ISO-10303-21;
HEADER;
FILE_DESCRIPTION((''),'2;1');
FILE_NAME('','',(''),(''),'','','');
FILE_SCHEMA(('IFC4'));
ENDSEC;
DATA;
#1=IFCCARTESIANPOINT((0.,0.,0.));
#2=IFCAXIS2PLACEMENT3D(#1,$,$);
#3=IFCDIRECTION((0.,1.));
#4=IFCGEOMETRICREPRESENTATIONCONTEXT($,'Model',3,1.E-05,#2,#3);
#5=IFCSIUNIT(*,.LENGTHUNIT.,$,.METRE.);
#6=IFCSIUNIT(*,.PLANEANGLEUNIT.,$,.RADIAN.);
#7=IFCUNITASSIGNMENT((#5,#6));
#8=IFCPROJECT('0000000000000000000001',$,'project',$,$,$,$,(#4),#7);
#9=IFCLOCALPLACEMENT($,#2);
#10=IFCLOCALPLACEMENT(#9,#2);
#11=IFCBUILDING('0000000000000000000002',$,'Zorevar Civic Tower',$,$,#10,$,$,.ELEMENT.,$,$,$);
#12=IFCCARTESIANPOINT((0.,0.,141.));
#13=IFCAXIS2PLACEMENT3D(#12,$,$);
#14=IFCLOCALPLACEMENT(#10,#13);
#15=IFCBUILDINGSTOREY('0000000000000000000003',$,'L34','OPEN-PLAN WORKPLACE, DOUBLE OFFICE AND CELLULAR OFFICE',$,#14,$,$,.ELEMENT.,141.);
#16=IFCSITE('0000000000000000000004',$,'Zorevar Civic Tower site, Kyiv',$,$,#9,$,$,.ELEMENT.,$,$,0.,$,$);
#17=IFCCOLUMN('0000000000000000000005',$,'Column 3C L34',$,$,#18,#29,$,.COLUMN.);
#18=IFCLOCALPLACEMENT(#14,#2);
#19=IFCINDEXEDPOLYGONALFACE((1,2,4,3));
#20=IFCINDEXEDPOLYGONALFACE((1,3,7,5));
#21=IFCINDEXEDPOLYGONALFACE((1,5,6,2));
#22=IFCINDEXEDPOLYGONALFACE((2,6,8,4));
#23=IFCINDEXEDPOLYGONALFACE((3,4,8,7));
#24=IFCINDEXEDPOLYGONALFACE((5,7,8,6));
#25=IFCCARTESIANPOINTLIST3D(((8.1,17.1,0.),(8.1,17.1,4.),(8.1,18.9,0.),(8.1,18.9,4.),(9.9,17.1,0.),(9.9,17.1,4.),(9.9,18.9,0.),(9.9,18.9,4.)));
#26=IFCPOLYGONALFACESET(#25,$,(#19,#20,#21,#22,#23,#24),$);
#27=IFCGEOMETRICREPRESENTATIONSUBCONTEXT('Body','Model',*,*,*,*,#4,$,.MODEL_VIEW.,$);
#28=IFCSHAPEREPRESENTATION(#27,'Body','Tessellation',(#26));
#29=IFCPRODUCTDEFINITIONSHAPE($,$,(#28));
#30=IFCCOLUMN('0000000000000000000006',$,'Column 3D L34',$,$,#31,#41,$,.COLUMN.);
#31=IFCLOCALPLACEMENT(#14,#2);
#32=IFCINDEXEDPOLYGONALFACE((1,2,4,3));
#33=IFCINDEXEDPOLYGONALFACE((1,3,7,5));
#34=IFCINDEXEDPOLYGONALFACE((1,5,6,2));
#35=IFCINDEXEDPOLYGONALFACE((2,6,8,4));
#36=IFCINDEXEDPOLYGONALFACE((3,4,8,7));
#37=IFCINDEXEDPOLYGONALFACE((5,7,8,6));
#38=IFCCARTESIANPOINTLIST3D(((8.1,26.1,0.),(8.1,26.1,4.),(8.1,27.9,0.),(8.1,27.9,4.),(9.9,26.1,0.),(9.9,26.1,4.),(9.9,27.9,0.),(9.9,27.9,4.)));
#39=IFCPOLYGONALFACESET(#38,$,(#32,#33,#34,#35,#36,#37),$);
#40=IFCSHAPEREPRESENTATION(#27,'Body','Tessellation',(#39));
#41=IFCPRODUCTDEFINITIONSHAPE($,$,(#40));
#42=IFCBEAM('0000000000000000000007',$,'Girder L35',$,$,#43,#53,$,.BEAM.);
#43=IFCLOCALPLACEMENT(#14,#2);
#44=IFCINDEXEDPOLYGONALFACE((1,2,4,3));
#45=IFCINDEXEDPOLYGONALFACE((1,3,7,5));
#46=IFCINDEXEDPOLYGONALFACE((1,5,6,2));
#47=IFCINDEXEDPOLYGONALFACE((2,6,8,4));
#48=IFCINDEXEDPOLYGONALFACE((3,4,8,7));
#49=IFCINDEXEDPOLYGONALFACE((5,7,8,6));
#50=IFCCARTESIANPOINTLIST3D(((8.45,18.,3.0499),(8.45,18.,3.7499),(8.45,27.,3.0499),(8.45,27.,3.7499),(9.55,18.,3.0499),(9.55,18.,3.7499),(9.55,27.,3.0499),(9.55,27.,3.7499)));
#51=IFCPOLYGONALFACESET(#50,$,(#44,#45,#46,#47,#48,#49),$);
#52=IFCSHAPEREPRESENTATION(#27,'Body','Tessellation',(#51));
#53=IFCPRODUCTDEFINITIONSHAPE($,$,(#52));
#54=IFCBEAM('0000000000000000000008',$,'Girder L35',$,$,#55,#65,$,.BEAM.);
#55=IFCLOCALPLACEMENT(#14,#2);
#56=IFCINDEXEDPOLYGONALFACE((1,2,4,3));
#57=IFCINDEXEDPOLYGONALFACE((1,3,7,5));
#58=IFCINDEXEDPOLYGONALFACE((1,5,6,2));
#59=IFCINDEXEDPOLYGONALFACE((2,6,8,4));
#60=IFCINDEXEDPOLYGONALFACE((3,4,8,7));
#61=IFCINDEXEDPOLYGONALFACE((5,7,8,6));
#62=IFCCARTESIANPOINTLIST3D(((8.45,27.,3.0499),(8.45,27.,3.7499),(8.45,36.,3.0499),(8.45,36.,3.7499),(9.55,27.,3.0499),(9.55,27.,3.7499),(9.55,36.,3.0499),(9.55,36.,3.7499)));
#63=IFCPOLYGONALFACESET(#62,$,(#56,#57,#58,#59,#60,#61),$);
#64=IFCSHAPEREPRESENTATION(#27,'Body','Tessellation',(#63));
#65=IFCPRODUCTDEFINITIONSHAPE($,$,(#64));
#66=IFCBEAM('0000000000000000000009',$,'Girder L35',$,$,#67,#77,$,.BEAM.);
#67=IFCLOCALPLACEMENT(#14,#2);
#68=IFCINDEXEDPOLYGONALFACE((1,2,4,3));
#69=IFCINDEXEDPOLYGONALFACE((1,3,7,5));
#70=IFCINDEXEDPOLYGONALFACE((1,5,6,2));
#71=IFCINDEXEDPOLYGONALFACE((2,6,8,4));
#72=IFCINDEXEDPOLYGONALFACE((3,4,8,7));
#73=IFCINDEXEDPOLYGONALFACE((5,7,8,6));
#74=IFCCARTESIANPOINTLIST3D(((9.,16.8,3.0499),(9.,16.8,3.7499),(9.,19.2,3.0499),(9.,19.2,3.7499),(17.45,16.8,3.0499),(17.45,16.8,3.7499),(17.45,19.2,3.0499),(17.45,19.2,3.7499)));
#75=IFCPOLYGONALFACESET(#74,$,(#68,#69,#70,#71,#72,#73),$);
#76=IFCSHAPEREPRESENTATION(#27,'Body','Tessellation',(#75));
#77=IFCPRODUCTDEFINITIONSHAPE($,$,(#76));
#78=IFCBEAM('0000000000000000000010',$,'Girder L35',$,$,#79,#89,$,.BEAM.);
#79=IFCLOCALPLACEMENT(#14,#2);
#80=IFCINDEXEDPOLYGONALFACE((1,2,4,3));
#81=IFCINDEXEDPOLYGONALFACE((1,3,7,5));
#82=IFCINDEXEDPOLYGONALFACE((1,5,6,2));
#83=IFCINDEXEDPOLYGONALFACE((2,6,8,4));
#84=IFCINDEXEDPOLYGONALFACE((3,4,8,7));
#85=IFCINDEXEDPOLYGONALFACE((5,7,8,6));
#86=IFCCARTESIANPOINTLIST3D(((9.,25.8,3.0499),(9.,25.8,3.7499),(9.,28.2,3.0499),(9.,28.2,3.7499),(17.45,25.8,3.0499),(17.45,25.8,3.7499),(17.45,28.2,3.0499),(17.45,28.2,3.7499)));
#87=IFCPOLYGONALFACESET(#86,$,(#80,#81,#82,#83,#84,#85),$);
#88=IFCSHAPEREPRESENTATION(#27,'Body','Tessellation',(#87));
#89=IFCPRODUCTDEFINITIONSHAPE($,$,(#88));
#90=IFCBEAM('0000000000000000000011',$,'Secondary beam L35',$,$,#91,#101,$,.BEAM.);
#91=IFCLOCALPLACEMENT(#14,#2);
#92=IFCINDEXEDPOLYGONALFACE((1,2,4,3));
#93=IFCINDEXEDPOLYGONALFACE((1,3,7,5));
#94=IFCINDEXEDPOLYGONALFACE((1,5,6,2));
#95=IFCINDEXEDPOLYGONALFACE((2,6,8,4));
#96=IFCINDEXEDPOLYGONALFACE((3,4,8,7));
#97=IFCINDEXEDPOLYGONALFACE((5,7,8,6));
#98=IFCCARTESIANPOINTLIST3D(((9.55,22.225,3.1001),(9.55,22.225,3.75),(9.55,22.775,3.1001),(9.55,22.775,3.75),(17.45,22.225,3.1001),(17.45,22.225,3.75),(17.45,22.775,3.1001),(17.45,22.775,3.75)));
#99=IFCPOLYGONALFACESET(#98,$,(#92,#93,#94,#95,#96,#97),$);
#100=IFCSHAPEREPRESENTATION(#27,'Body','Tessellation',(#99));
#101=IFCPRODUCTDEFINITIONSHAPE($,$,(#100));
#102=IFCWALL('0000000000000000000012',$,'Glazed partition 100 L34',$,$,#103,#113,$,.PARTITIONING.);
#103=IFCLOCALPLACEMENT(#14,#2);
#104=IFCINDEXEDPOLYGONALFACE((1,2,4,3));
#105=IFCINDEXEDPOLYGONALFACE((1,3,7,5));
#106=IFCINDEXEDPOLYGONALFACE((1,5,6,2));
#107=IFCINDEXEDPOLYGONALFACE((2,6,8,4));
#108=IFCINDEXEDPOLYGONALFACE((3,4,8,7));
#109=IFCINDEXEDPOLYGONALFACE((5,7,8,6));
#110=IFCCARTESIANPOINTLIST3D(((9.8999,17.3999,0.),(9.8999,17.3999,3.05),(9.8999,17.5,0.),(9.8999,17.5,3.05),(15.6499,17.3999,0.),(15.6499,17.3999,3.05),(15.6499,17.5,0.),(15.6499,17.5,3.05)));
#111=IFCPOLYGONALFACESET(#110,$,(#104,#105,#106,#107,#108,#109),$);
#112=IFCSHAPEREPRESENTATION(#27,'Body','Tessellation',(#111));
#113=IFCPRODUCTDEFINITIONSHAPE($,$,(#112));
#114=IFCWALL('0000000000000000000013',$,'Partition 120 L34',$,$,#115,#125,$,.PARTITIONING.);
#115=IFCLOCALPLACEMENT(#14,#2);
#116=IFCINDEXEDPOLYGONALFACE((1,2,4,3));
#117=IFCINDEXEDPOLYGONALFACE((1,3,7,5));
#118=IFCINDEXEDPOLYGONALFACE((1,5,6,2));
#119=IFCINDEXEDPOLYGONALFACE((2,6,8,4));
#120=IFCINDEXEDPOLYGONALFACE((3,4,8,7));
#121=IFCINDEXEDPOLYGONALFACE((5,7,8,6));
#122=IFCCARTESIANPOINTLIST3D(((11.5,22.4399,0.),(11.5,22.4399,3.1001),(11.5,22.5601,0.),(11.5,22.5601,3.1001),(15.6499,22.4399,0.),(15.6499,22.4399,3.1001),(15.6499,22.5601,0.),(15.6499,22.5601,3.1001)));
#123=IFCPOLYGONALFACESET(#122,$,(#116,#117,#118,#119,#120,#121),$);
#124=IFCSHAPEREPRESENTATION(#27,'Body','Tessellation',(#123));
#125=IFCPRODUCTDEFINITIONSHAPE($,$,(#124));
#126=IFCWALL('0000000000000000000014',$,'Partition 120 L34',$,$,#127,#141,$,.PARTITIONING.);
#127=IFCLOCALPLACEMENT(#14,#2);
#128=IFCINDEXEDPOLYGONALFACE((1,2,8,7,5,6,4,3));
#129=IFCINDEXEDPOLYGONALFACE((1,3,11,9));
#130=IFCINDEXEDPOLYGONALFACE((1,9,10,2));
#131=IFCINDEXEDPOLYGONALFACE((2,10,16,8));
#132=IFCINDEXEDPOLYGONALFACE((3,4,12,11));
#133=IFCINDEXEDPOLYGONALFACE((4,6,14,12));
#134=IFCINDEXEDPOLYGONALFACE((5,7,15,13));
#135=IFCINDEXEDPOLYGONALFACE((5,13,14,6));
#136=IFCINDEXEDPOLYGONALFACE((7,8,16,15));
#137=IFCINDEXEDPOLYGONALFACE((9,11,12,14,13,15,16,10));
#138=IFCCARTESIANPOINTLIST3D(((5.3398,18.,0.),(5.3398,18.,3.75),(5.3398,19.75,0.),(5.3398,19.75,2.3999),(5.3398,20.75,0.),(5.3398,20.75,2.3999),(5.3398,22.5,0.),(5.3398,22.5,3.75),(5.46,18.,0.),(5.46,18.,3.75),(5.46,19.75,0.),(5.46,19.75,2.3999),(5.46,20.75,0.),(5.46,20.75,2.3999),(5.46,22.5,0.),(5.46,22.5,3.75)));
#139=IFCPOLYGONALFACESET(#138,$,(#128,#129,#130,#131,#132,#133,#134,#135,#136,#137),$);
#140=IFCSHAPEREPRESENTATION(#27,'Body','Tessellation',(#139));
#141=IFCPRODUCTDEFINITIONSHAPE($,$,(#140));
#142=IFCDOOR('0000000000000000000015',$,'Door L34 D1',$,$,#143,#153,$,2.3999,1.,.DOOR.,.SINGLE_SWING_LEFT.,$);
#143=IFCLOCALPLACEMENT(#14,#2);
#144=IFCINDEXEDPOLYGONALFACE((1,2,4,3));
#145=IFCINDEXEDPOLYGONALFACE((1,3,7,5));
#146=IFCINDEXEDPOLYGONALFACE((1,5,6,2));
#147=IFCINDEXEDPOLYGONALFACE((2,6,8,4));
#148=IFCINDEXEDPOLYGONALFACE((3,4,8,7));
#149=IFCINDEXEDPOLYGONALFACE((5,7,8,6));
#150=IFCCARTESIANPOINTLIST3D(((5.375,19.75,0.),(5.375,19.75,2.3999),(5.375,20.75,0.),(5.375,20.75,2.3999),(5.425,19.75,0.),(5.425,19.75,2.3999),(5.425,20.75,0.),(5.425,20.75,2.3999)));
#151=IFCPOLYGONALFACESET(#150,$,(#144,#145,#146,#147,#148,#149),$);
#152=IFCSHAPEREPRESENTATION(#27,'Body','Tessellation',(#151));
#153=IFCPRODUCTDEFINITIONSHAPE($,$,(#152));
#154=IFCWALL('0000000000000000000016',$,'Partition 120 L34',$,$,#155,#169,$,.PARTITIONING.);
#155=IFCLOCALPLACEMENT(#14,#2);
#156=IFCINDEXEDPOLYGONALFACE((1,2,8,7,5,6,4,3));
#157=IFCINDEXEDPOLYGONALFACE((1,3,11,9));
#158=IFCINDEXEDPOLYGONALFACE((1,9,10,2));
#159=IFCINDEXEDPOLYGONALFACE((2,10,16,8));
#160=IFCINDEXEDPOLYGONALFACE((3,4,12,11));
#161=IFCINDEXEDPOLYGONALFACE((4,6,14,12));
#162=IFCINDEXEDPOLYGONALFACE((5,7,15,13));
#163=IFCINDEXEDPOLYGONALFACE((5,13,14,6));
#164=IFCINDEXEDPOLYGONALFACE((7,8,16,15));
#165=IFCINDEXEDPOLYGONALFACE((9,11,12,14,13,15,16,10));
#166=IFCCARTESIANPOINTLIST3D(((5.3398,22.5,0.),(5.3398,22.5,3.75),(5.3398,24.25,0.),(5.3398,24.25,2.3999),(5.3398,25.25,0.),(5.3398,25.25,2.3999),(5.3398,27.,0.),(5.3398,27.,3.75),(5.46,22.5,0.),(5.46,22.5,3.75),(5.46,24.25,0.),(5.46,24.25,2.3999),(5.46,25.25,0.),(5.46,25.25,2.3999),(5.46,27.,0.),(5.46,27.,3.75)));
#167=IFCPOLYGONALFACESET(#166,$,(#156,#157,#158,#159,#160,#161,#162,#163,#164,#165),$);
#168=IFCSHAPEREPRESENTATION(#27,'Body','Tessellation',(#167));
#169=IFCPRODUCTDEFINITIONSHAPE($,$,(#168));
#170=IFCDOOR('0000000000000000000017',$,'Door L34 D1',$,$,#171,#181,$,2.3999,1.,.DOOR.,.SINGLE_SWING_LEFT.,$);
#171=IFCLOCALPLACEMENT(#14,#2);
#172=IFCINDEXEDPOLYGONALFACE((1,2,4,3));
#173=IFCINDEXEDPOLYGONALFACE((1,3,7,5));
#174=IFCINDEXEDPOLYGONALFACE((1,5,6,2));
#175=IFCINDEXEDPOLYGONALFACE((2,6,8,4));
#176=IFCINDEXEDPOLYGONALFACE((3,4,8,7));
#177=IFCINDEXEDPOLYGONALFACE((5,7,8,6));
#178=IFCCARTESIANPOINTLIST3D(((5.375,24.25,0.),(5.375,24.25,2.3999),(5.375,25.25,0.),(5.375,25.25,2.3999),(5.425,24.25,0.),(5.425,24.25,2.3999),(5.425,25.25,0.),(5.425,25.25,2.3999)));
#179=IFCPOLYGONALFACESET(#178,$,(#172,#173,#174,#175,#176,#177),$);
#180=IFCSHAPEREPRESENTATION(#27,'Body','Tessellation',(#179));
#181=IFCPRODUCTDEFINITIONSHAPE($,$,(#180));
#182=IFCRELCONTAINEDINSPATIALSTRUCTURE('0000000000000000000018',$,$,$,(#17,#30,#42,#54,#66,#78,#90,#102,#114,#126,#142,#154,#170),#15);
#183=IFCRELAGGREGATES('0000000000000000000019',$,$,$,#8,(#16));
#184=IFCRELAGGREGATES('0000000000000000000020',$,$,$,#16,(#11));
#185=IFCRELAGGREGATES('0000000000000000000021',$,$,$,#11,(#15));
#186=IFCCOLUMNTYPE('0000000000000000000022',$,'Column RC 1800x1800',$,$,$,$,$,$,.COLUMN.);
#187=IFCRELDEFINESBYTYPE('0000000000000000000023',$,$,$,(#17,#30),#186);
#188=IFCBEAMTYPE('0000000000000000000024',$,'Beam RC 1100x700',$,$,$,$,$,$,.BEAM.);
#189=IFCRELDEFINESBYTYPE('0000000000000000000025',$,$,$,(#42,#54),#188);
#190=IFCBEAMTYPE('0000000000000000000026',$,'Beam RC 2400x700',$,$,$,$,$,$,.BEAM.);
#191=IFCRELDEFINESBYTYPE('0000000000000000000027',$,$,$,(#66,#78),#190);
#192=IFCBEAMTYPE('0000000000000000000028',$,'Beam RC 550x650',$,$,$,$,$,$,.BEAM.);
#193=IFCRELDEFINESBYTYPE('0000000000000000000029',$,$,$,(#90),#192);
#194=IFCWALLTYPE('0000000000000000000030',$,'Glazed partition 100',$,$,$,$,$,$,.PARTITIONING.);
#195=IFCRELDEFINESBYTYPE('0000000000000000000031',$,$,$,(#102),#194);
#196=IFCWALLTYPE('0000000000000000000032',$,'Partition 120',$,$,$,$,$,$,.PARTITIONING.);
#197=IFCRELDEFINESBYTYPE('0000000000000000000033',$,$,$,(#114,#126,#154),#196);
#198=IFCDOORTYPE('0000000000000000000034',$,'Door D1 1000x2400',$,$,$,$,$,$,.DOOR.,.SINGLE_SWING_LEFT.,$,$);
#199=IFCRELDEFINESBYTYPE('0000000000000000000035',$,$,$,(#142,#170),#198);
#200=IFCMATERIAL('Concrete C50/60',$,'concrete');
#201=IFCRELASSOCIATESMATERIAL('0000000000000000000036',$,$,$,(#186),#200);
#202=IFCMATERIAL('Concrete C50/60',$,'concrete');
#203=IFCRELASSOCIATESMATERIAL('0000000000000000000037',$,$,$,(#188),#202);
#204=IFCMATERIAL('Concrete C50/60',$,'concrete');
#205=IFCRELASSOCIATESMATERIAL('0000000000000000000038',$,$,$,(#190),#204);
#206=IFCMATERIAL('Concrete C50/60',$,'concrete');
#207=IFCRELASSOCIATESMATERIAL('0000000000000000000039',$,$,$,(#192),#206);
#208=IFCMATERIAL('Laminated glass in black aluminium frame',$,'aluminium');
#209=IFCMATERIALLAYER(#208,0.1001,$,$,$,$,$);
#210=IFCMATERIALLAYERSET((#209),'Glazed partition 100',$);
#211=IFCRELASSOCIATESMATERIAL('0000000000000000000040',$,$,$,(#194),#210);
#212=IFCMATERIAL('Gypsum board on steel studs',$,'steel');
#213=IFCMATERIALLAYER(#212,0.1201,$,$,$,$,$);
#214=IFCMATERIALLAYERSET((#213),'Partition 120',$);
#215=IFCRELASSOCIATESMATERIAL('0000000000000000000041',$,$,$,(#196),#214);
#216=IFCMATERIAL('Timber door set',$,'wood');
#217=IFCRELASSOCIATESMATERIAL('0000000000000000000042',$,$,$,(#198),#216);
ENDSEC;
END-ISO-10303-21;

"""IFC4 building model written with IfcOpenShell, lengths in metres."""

from ifc_helpers import new_model, si_unit, direction, frame, frame_2d, origin, origin_2d, place, context, subcontext, project, spatial, rectangle, extrude, material, layer, layer_set, material_profile, profile_set, type_object, element, fill, save


model = new_model("IFC4")

# Units and contexts
model_context = context("Model", 3, precision=1e-05, world=origin(), true_north=direction((0.0, 1.0)))
body_context = subcontext(model_context, "Body", "Model", "MODEL_VIEW")
ifc_project = project(units=[si_unit("LENGTHUNIT", "METRE"), si_unit("PLANEANGLEUNIT", "RADIAN")], contexts=[model_context])

# Site, building, storey
site_placement = place(None, origin())
site = spatial("IfcSite", under=ifc_project, at=site_placement, Name="Zorevar Civic Tower site, Kyiv", CompositionType="ELEMENT", RefElevation=0.0)
building_placement = place(site_placement, origin())
building = spatial("IfcBuilding", under=site, at=building_placement, Name="Zorevar Civic Tower", CompositionType="ELEMENT")
storey_placement = place(building_placement, frame((0.0, 0.0, 141.0)))
storey = spatial("IfcBuildingStorey", under=building, at=storey_placement, Name="L34", Description="OPEN-PLAN WORKPLACE, DOUBLE OFFICE AND CELLULAR OFFICE", CompositionType="ELEMENT", Elevation=141.0)

# Columns
ifc_material_1 = material(Name="Concrete C50/60", Category="concrete")
ifc_material_profile_1 = material_profile(ifc_material_1, rectangle(XDim=1.8, YDim=1.8, at=origin_2d()), Name="RC 1800x1800")
ifc_profile_set_1 = profile_set([ifc_material_profile_1], Name="Concrete C50/60")
column_type = type_object("IfcColumnType", Name="Column RC 1800x1800", PredefinedType="COLUMN", material=ifc_profile_set_1)
for number, where, z_axis, x_axis, name in (
    (1, (9.0, 18.0, 0.0), (0.0, 0.0, 1.0), (1.0, 0.0, 0.0), "Column 3C L34"),
    (2, (9.0, 27.0, 0.0), (0.0, 0.0, 1.0), (1.0, 0.0, 0.0), "Column 3D L34"),
):
    element("IfcColumn", number, at=place(storey_placement, frame(where, z_axis=z_axis, x_axis=x_axis)), inside=storey, type_object=column_type, Name=name, PredefinedType="COLUMN", context=body_context, shape_type="SweptSolid", body=[
        extrude(rectangle(XDim=1.8, YDim=1.8, at=origin_2d()), origin(), (0.0, 0.0, 1.0), 4.0),
    ])

# Beams
ifc_material_2 = material(Name="Concrete C50/60", Category="concrete")
ifc_material_profile_2 = material_profile(ifc_material_2, rectangle(XDim=1.1001, YDim=0.7, at=origin_2d()), Name="RC 1100x700")
ifc_profile_set_2 = profile_set([ifc_material_profile_2], Name="Concrete C50/60")
beam_type_1 = type_object("IfcBeamType", Name="Beam RC 1100x700", PredefinedType="BEAM", material=ifc_profile_set_2)
for number, where, z_axis, x_axis, name in (
    (3, (9.0, 18.0, 3.3999), (0.0, 1.0, 0.0), (-1.0, 0.0, 0.0), "Girder L35"),
    (4, (9.0, 27.0, 3.3999), (0.0, 1.0, 0.0), (-1.0, 0.0, 0.0), "Girder L35"),
):
    element("IfcBeam", number, at=place(storey_placement, frame(where, z_axis=z_axis, x_axis=x_axis)), inside=storey, type_object=beam_type_1, Name=name, PredefinedType="BEAM", context=body_context, shape_type="SweptSolid", body=[
        extrude(rectangle(XDim=1.1001, YDim=0.7, at=origin_2d()), origin(), (0.0, 0.0, 1.0), 9.0),
    ])
ifc_material_3 = material(Name="Concrete C50/60", Category="concrete")
ifc_material_profile_3 = material_profile(ifc_material_3, rectangle(XDim=2.3999, YDim=0.7, at=origin_2d()), Name="RC 2400x700")
ifc_profile_set_3 = profile_set([ifc_material_profile_3], Name="Concrete C50/60")
beam_type_2 = type_object("IfcBeamType", Name="Beam RC 2400x700", PredefinedType="BEAM", material=ifc_profile_set_3)
for number, where, z_axis, x_axis, name in (
    (5, (9.0, 18.0, 3.3999), (1.0, 0.0, 0.0), (0.0, 1.0, 0.0), "Girder L35"),
    (6, (9.0, 27.0, 3.3999), (1.0, 0.0, 0.0), (0.0, 1.0, 0.0), "Girder L35"),
):
    element("IfcBeam", number, at=place(storey_placement, frame(where, z_axis=z_axis, x_axis=x_axis)), inside=storey, type_object=beam_type_2, Name=name, PredefinedType="BEAM", context=body_context, shape_type="SweptSolid", body=[
        extrude(rectangle(XDim=2.3999, YDim=0.7, at=origin_2d()), origin(), (0.0, 0.0, 1.0), 8.45),
    ])
ifc_material_4 = material(Name="Concrete C50/60", Category="concrete")
ifc_material_profile_4 = material_profile(ifc_material_4, rectangle(XDim=0.55, YDim=0.6499, at=origin_2d()), Name="RC 550x650")
ifc_profile_set_4 = profile_set([ifc_material_profile_4], Name="Concrete C50/60")
beam_type_3 = type_object("IfcBeamType", Name="Beam RC 550x650", PredefinedType="BEAM", material=ifc_profile_set_4)
beam_placement = place(storey_placement, frame((9.55, 22.5, 3.425), z_axis=(1.0, 0.0, 0.0), x_axis=(0.0, 1.0, 0.0)))
element("IfcBeam", 7, at=beam_placement, inside=storey, type_object=beam_type_3, Name="Secondary beam L35", PredefinedType="BEAM", context=body_context, shape_type="SweptSolid", body=[
    extrude(rectangle(XDim=0.55, YDim=0.6499, at=origin_2d()), origin(), (0.0, 0.0, 1.0), 7.8999),
])

# Walls
ifc_material_5 = material(Name="Laminated glass in black aluminium frame", Category="aluminium")
ifc_layer_1 = layer(ifc_material_5, 0.1001)
ifc_layer_set_1 = layer_set([ifc_layer_1], Name="Glazed partition 100")
wall_type_1 = type_object("IfcWallType", Name="Glazed partition 100", PredefinedType="PARTITIONING", material=ifc_layer_set_1)
wall_1_placement = place(storey_placement, frame((9.8999, 17.45, 0.0), z_axis=(0.0, 0.0, 1.0), x_axis=(1.0, 0.0, 0.0)))
element("IfcWall", 8, at=wall_1_placement, inside=storey, type_object=wall_type_1, Name="Glazed partition 100 L34", PredefinedType="PARTITIONING", context=body_context, shape_type="SweptSolid", body=[
    extrude(rectangle(XDim=5.75, YDim=0.1001, at=frame_2d((2.875, 0.0))), origin(), (0.0, 0.0, 1.0), 3.05),
])
ifc_material_6 = material(Name="Gypsum board on steel studs", Category="steel")
ifc_layer_2 = layer(ifc_material_6, 0.1201)
ifc_layer_set_2 = layer_set([ifc_layer_2], Name="Partition 120")
wall_type_2 = type_object("IfcWallType", Name="Partition 120", PredefinedType="PARTITIONING", material=ifc_layer_set_2)
wall_2_placement = place(storey_placement, frame((11.5, 22.5, 0.0), z_axis=(0.0, 0.0, 1.0), x_axis=(1.0, 0.0, 0.0)))
element("IfcWall", 9, at=wall_2_placement, inside=storey, type_object=wall_type_2, Name="Partition 120 L34", PredefinedType="PARTITIONING", context=body_context, shape_type="SweptSolid", body=[
    extrude(rectangle(XDim=4.1499, YDim=0.1201, at=frame_2d((2.075, 0.0))), origin(), (0.0, 0.0, 1.0), 3.1001),
])

# Walls, openings, doors
wall_3_placement = place(storey_placement, frame((5.3999, 18.0, 0.0), z_axis=(0.0, 0.0, 1.0), x_axis=(0.0, 1.0, 0.0)))
wall_3 = element("IfcWall", 10, at=wall_3_placement, inside=storey, type_object=wall_type_2, Name="Partition 120 L34", PredefinedType="PARTITIONING", context=body_context, shape_type="SweptSolid", body=[
    extrude(rectangle(XDim=4.5, YDim=0.1201, at=frame_2d((2.25, 0.0))), origin(), (0.0, 0.0, 1.0), 3.75),
])
opening_1_placement = place(wall_3_placement, frame((1.75, 0.0, 0.0)))
opening_1 = element("IfcOpeningElement", 11, at=opening_1_placement, cuts=wall_3, PredefinedType="OPENING", context=body_context, shape_type="SweptSolid", body=[
    extrude(rectangle(XDim=1.0, YDim=2.3999, at=frame_2d((0.5, 1.2))), frame((0.0, 0.0701, 0.0), z_axis=(0.0, -1.0, 0.0), x_axis=(1.0, 0.0, 0.0)), (0.0, 0.0, 1.0), 0.1401),
])
ifc_material_7 = material(Name="Timber door set", Category="wood")
door_type = type_object("IfcDoorType", Name="Door D1 1000x2400", OperationType="SINGLE_SWING_LEFT", PredefinedType="DOOR", material=ifc_material_7)
door_1_placement = place(opening_1_placement, origin())
door_1 = element("IfcDoor", 12, at=door_1_placement, inside=storey, type_object=door_type, Name="Door L34 D1", OperationType="SINGLE_SWING_LEFT", OverallHeight=2.3999, OverallWidth=1.0, PredefinedType="DOOR", context=body_context, shape_type="SweptSolid", body=[
    extrude(rectangle(XDim=1.0, YDim=2.3999, at=frame_2d((0.5, 1.2))), frame((0.0, 0.0249, 0.0), z_axis=(0.0, -1.0, 0.0), x_axis=(1.0, 0.0, 0.0)), (0.0, 0.0, 1.0), 0.05),
])
fill(opening_1, door_1)
wall_4_placement = place(storey_placement, frame((5.3999, 22.5, 0.0), z_axis=(0.0, 0.0, 1.0), x_axis=(0.0, 1.0, 0.0)))
wall_4 = element("IfcWall", 13, at=wall_4_placement, inside=storey, type_object=wall_type_2, Name="Partition 120 L34", PredefinedType="PARTITIONING", context=body_context, shape_type="SweptSolid", body=[
    extrude(rectangle(XDim=4.5, YDim=0.1201, at=frame_2d((2.25, 0.0))), origin(), (0.0, 0.0, 1.0), 3.75),
])
opening_2_placement = place(wall_4_placement, frame((1.75, 0.0, 0.0)))
opening_2 = element("IfcOpeningElement", 14, at=opening_2_placement, cuts=wall_4, PredefinedType="OPENING", context=body_context, shape_type="SweptSolid", body=[
    extrude(rectangle(XDim=1.0, YDim=2.3999, at=frame_2d((0.5, 1.2))), frame((0.0, 0.0701, 0.0), z_axis=(0.0, -1.0, 0.0), x_axis=(1.0, 0.0, 0.0)), (0.0, 0.0, 1.0), 0.1401),
])
door_2_placement = place(opening_2_placement, origin())
door_2 = element("IfcDoor", 15, at=door_2_placement, inside=storey, type_object=door_type, Name="Door L34 D1", OperationType="SINGLE_SWING_LEFT", OverallHeight=2.3999, OverallWidth=1.0, PredefinedType="DOOR", context=body_context, shape_type="SweptSolid", body=[
    extrude(rectangle(XDim=1.0, YDim=2.3999, at=frame_2d((0.5, 1.2))), frame((0.0, 0.0249, 0.0), z_axis=(0.0, -1.0, 0.0), x_axis=(1.0, 0.0, 0.0)), (0.0, 0.0, 1.0), 0.05),
])
fill(opening_2, door_2)

save(model, "model.ifc")
